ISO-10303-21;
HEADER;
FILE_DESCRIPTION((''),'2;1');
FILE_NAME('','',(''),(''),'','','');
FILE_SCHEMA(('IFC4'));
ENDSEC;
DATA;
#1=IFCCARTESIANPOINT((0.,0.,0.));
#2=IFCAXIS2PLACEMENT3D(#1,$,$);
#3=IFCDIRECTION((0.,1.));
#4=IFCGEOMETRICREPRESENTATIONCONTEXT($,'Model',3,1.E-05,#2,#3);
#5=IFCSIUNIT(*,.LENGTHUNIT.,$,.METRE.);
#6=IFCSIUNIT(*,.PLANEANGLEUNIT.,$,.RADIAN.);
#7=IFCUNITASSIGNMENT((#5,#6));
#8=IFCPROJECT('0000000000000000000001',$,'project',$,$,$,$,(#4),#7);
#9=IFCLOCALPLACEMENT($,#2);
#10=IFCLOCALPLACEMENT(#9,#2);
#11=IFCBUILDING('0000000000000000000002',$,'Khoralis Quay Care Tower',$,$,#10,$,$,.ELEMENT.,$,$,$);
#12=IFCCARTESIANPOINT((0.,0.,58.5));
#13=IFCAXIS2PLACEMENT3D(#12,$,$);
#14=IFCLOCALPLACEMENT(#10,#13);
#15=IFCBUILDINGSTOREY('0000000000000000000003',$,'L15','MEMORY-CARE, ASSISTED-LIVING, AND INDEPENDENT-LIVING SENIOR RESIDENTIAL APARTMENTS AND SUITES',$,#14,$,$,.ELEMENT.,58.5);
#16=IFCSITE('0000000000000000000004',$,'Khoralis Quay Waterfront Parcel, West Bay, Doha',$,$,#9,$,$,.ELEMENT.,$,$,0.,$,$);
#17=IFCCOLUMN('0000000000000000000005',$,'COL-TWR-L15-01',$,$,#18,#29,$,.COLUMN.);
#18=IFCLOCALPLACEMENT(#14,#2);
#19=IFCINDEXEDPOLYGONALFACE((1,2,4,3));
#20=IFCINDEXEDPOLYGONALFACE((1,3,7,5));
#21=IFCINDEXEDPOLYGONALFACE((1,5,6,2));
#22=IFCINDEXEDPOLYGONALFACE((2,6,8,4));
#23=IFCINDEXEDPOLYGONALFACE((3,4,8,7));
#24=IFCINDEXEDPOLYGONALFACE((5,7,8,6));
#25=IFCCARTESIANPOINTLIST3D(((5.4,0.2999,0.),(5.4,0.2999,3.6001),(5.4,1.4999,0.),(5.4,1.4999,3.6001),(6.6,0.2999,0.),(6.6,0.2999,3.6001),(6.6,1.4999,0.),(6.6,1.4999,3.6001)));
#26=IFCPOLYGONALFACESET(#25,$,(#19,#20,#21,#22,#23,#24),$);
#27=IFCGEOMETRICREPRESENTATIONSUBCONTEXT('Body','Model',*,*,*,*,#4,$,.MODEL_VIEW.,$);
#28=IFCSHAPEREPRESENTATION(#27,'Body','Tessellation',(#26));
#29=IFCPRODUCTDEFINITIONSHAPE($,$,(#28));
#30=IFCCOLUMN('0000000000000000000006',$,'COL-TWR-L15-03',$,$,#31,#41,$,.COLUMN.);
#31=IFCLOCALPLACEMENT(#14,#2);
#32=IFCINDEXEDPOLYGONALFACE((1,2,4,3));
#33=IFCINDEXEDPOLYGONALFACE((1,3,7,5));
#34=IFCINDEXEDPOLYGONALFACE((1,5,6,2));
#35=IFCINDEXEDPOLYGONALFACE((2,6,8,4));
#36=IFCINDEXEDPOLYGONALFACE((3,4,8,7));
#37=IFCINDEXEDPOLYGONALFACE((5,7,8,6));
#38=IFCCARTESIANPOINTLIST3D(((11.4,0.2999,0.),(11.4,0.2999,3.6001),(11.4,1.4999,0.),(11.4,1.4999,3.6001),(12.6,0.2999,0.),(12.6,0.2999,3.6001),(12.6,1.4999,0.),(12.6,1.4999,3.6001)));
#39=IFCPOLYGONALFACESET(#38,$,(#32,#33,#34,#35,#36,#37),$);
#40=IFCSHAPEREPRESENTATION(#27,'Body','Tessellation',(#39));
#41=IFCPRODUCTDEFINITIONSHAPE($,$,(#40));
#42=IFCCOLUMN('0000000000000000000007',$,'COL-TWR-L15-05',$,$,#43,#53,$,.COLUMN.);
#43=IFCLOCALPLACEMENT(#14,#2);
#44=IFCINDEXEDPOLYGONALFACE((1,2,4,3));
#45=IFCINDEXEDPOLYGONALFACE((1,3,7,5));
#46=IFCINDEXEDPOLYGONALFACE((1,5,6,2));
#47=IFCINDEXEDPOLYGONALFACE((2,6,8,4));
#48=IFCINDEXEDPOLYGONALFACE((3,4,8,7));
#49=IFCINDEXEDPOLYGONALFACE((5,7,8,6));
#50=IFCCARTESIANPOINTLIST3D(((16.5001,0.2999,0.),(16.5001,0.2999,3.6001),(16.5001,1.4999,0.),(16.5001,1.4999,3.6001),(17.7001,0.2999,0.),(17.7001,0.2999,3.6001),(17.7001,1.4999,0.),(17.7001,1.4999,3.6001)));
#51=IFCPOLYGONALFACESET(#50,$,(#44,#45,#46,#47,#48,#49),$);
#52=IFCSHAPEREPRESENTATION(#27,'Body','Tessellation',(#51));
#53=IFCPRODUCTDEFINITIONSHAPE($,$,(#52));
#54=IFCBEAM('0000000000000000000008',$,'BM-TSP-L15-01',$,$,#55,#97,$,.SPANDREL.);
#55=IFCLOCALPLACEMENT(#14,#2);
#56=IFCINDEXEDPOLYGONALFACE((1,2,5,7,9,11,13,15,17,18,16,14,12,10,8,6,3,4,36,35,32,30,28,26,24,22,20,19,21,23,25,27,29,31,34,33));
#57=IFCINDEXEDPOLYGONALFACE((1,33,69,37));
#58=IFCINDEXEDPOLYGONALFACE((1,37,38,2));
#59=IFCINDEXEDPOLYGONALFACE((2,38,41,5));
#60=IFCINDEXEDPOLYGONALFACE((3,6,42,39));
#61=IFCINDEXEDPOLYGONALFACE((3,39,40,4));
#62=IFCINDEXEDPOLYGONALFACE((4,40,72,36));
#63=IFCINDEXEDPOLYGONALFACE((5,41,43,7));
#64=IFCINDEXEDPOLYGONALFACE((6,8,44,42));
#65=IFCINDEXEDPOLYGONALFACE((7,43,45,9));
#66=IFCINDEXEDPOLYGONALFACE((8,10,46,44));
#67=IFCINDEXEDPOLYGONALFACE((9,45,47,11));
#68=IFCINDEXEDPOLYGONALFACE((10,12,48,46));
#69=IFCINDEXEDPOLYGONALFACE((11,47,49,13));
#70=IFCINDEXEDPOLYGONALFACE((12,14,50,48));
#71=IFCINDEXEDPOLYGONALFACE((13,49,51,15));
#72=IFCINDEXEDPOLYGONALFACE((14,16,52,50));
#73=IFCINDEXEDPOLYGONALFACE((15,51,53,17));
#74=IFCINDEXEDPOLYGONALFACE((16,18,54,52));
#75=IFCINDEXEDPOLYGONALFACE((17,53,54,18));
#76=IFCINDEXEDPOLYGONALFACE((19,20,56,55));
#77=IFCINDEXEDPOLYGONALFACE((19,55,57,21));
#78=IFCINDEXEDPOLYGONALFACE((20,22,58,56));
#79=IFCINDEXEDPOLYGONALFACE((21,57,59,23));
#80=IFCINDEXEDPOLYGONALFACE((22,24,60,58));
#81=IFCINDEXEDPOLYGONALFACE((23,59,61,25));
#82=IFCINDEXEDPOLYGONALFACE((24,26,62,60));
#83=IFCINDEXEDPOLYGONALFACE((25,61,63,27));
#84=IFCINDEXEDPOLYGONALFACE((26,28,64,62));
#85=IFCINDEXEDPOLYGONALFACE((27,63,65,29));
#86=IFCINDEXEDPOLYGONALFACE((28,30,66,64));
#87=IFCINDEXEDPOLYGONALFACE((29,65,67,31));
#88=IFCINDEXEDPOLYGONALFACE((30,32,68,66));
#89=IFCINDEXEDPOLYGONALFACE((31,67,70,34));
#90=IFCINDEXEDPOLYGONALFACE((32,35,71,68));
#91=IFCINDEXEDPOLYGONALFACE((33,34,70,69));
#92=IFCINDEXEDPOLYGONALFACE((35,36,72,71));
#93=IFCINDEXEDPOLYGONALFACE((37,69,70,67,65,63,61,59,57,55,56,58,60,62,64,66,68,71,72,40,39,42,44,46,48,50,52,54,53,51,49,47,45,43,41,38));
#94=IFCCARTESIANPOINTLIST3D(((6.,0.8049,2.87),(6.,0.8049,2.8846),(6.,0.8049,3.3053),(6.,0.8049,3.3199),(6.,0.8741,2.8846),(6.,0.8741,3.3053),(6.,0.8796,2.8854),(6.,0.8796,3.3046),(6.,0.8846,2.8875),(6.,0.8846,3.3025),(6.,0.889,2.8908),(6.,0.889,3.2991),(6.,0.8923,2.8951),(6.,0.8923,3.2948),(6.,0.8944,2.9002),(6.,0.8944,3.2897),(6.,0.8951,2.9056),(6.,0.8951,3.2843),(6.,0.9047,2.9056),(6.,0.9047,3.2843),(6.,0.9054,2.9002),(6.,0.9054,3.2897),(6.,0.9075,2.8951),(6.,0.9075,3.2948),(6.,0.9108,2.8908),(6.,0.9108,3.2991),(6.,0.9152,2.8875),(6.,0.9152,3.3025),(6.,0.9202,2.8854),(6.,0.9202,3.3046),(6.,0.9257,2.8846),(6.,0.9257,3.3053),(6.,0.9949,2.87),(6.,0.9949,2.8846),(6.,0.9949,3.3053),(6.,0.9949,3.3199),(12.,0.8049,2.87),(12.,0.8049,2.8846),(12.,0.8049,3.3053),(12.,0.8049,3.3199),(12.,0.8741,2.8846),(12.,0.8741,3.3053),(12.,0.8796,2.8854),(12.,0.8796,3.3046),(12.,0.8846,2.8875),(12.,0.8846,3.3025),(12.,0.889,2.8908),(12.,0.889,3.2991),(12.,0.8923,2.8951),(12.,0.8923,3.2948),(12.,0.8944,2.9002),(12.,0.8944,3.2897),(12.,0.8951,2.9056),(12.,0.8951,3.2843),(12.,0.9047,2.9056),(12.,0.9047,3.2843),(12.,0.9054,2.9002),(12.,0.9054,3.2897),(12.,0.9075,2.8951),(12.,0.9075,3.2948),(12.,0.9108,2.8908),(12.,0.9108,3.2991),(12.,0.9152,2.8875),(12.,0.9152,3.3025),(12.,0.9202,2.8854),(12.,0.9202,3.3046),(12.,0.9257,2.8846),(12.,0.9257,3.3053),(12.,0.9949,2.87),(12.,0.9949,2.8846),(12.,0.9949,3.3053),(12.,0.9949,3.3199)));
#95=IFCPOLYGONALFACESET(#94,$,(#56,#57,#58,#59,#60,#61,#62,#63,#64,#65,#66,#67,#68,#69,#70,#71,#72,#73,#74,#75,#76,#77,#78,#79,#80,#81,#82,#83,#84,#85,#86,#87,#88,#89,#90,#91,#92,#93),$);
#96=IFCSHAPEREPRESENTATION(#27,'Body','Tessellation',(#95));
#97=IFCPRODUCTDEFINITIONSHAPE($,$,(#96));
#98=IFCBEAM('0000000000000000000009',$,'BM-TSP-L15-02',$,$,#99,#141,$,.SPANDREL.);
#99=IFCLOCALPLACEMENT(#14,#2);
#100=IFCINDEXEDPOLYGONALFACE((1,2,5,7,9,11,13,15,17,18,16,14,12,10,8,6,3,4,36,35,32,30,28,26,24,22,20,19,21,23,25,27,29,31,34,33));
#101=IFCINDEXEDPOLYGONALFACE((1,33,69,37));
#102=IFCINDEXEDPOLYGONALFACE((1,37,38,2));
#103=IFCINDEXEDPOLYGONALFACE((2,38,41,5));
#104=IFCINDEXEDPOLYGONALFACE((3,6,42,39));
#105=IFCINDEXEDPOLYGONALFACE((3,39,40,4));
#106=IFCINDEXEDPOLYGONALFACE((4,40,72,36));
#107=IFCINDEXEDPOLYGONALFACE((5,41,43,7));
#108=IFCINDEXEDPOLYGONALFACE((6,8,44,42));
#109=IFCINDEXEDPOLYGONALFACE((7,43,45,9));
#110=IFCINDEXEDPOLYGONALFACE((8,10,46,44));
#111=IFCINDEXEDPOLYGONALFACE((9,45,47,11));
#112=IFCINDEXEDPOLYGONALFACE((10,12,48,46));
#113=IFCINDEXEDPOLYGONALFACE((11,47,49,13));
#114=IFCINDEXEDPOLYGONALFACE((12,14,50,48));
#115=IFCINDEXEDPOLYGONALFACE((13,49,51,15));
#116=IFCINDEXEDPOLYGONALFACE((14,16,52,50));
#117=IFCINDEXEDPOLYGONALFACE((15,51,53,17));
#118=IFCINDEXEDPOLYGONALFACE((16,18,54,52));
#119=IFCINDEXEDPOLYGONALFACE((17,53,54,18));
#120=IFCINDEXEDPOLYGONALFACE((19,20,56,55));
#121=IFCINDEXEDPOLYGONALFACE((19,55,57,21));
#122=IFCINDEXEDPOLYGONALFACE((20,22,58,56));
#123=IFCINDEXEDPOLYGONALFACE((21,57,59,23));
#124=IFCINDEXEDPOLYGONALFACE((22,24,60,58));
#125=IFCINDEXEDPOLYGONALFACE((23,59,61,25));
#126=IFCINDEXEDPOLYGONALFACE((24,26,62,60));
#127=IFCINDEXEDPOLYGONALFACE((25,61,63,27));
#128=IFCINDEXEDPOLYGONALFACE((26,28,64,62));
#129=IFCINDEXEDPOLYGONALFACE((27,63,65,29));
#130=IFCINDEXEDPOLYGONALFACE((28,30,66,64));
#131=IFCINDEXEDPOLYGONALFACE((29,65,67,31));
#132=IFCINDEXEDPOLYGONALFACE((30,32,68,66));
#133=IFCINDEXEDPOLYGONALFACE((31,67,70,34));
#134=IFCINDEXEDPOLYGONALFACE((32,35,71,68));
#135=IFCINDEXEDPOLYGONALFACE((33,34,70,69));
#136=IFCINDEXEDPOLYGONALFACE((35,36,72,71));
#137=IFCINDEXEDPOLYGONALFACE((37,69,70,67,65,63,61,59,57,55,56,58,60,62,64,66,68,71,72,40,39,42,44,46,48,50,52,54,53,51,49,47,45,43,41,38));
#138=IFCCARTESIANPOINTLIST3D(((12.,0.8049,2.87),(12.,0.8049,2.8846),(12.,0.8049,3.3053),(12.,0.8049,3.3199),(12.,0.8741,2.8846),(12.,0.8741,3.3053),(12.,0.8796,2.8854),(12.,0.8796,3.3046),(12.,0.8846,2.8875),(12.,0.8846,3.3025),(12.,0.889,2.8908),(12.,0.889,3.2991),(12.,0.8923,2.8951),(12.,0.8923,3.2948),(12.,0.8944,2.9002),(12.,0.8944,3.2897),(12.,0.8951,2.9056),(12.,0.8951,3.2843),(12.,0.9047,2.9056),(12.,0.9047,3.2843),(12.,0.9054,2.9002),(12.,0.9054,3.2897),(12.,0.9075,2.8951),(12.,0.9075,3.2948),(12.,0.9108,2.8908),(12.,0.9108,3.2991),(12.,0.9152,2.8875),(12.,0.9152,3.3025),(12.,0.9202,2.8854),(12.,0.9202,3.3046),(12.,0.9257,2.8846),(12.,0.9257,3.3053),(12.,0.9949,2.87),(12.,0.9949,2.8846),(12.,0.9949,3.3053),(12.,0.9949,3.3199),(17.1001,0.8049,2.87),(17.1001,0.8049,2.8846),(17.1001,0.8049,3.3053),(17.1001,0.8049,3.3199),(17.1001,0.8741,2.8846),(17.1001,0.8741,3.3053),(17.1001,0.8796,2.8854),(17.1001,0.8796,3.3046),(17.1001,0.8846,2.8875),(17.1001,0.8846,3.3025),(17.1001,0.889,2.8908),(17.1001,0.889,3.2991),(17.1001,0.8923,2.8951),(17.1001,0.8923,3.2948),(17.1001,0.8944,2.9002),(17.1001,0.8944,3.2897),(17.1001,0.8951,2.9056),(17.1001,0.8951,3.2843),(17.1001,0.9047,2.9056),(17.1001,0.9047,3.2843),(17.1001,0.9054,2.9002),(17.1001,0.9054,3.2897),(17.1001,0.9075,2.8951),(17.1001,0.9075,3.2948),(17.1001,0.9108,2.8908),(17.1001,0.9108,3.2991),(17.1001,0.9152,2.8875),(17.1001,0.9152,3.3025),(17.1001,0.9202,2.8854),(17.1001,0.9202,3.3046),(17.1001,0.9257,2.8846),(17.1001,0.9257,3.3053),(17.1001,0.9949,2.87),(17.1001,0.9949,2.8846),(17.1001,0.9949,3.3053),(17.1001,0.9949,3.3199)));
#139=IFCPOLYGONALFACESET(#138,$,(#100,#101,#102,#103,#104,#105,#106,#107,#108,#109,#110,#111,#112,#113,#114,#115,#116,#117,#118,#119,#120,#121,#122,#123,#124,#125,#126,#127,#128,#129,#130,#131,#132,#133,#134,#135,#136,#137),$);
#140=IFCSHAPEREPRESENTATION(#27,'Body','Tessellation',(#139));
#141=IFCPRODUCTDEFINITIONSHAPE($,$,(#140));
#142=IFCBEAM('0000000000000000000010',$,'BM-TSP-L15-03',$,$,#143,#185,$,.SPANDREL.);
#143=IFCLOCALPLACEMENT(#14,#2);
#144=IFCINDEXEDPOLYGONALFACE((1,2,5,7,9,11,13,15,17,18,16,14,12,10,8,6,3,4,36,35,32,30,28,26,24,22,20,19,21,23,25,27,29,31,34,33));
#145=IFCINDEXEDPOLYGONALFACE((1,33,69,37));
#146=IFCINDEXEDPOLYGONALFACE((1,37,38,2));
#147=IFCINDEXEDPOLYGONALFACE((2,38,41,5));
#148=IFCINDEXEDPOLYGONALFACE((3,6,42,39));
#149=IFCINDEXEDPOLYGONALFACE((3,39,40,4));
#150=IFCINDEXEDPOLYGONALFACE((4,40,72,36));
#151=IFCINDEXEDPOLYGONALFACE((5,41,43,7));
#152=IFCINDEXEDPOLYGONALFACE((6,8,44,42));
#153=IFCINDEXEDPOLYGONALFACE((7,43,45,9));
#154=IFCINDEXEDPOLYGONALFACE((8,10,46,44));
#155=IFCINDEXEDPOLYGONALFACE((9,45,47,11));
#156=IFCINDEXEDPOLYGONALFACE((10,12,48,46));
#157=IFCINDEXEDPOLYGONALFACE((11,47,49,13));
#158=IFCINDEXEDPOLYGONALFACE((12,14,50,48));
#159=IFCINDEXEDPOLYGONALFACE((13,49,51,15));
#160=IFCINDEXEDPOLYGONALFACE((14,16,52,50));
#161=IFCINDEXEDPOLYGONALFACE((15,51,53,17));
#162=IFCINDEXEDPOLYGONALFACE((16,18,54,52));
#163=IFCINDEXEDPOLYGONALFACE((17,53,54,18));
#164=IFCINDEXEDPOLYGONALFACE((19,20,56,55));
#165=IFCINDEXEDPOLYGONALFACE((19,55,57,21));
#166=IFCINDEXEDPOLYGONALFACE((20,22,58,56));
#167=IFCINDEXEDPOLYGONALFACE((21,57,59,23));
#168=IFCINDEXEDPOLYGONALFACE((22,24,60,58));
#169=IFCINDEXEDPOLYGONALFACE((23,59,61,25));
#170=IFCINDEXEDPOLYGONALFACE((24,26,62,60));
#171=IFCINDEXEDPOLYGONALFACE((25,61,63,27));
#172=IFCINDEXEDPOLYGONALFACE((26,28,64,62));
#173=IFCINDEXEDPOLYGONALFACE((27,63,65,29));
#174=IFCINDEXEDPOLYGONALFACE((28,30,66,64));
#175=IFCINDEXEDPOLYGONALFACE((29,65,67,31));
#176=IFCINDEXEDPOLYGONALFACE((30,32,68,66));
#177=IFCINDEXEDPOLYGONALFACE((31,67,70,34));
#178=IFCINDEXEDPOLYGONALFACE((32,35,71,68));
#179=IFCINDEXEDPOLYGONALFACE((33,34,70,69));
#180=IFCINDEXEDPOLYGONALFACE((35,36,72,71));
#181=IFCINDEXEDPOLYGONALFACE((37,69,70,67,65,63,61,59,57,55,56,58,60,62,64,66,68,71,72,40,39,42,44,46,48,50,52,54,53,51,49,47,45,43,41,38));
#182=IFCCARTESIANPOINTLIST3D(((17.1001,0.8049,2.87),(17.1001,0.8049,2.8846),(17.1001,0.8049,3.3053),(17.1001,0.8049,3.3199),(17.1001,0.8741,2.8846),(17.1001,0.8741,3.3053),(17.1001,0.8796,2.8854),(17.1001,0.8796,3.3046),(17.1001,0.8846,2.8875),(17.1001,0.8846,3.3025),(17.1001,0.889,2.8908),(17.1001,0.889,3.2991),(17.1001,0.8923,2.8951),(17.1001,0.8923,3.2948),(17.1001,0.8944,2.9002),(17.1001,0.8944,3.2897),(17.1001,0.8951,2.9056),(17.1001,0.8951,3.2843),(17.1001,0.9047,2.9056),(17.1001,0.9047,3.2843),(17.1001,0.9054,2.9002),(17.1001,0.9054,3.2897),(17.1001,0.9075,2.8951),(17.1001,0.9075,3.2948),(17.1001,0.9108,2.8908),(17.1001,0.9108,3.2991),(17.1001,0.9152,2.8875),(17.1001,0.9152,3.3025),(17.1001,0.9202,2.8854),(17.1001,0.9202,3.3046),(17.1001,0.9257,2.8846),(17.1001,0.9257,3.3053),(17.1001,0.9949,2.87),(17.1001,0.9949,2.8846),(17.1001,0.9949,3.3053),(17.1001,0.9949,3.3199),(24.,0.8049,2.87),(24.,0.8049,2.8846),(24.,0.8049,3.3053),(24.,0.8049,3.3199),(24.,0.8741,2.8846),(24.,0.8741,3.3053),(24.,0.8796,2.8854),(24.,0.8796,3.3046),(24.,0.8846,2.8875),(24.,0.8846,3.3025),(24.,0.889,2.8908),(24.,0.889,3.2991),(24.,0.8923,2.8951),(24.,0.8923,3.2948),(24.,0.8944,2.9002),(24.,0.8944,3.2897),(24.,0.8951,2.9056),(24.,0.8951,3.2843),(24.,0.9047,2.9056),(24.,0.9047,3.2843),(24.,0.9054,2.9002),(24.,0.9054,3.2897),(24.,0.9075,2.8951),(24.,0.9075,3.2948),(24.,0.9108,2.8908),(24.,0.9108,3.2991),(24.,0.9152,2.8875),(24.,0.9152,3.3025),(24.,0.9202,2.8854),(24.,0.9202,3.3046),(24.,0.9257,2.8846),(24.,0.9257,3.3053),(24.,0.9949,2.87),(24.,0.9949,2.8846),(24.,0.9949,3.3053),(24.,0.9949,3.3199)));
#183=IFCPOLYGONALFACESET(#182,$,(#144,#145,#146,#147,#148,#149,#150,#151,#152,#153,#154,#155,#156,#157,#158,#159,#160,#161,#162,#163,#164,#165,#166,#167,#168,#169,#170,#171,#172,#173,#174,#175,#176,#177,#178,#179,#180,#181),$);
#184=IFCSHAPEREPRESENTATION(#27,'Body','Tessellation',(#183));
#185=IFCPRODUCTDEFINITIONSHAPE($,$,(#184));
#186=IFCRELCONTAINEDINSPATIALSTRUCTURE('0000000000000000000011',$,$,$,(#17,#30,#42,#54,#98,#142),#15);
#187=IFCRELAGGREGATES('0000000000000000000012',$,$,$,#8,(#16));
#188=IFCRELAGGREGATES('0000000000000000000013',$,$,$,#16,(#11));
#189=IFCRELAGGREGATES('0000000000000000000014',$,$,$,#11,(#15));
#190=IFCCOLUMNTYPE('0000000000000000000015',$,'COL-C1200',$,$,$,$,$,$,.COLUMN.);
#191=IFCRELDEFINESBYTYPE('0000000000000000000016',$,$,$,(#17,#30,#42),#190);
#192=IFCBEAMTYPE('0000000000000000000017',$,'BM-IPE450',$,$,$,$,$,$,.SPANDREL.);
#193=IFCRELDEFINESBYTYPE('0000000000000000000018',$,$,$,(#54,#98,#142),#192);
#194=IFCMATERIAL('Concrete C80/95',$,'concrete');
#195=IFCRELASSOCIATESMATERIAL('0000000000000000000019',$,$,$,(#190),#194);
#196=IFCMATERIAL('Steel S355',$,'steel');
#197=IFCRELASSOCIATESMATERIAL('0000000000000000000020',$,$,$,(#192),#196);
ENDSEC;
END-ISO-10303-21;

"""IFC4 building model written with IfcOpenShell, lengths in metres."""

from ifc_helpers import new_model, si_unit, direction, frame, origin, origin_2d, place, context, subcontext, project, spatial, rectangle, i_section, extrude, source, transform, mapped, material, material_profile, profile_set, type_object, element, save


model = new_model("IFC4")

# Units and contexts
model_context = context("Model", 3, precision=1e-05, world=origin(), true_north=direction((0.0, 1.0)))
body_context = subcontext(model_context, "Body", "Model", "MODEL_VIEW")
ifc_project = project(units=[si_unit("LENGTHUNIT", "METRE"), si_unit("PLANEANGLEUNIT", "RADIAN")], contexts=[model_context])

# Site, building, storey
site_placement = place(None, origin())
site = spatial("IfcSite", under=ifc_project, at=site_placement, Name="Khoralis Quay Waterfront Parcel, West Bay, Doha", CompositionType="ELEMENT", RefElevation=0.0)
building_placement = place(site_placement, origin())
building = spatial("IfcBuilding", under=site, at=building_placement, Name="Khoralis Quay Care Tower", CompositionType="ELEMENT")
storey_placement = place(building_placement, frame((0.0, 0.0, 58.5)))
storey = spatial("IfcBuildingStorey", under=building, at=storey_placement, Name="L15", Description="MEMORY-CARE, ASSISTED-LIVING, AND INDEPENDENT-LIVING SENIOR RESIDENTIAL APARTMENTS AND SUITES", CompositionType="ELEMENT", Elevation=58.5)

# Columns
ifc_material_1 = material(Name="Concrete C80/95", Category="concrete")
ifc_material_profile_1 = material_profile(ifc_material_1, rectangle(XDim=1.2, YDim=1.2, at=origin_2d()), Name="Concrete C80/95")
ifc_profile_set_1 = profile_set([ifc_material_profile_1], Name="Concrete C80/95")
column_type = type_object("IfcColumnType", Name="COL-C1200", PredefinedType="COLUMN", material=ifc_profile_set_1)
shared_shape_1 = source(origin(), body_context, "Body", "SweptSolid", [
    extrude(rectangle(XDim=1.2, YDim=1.2, at=origin_2d()), origin(), (0.0, 0.0, 1.0), 3.6001),
])
for number, where, z_axis, x_axis, name in (
    (1, (6.0, 0.8999, 0.0), (0.0, 0.0, 1.0), (1.0, 0.0, 0.0), "COL-TWR-L15-01"),
    (2, (12.0, 0.8999, 0.0), (0.0, 0.0, 1.0), (1.0, 0.0, 0.0), "COL-TWR-L15-03"),
    (3, (17.1001, 0.8999, 0.0), (0.0, 0.0, 1.0), (1.0, 0.0, 0.0), "COL-TWR-L15-05"),
):
    element("IfcColumn", number, at=place(storey_placement, frame(where, z_axis=z_axis, x_axis=x_axis)), inside=storey, type_object=column_type, Name=name, PredefinedType="COLUMN", context=body_context, shape_type="MappedRepresentation", body=[
        mapped(shared_shape_1, transform((0.0, 0.0, 0.0), scale=1.0)),
    ])

# Beams
ifc_material_2 = material(Name="Steel S355", Category="steel")
ifc_material_profile_2 = material_profile(ifc_material_2, i_section(OverallWidth=0.1899, OverallDepth=0.45, WebThickness=0.0095, FlangeThickness=0.0146, FilletRadius=0.021, at=origin_2d()), Name="Steel S355")
ifc_profile_set_2 = profile_set([ifc_material_profile_2], Name="Steel S355")
beam_type_1 = type_object("IfcBeamType", Name="BM-IPE450", PredefinedType="SPANDREL", material=ifc_profile_set_2)
shared_shape_2 = source(origin(), body_context, "Body", "SweptSolid", [
    extrude(i_section(OverallWidth=0.1899, OverallDepth=0.45, WebThickness=0.0095, FlangeThickness=0.0146, FilletRadius=0.021, at=origin_2d()), origin(), (0.0, 0.0, 1.0), 6.0),
])
beam_1_placement = place(storey_placement, frame((6.0, 0.8999, 3.095), z_axis=(1.0, 0.0, 0.0), x_axis=(0.0, 1.0, 0.0)))
element("IfcBeam", 4, at=beam_1_placement, inside=storey, type_object=beam_type_1, Name="BM-TSP-L15-01", PredefinedType="SPANDREL", context=body_context, shape_type="MappedRepresentation", body=[
    mapped(shared_shape_2, transform((0.0, 0.0, 0.0), scale=1.0)),
])
shared_shape_3 = source(origin(), body_context, "Body", "SweptSolid", [
    extrude(i_section(OverallWidth=0.1899, OverallDepth=0.45, WebThickness=0.0095, FlangeThickness=0.0146, FilletRadius=0.021, at=origin_2d()), origin(), (0.0, 0.0, 1.0), 5.1001),
])
beam_2_placement = place(storey_placement, frame((12.0, 0.8999, 3.095), z_axis=(1.0, 0.0, 0.0), x_axis=(0.0, 1.0, 0.0)))
element("IfcBeam", 5, at=beam_2_placement, inside=storey, type_object=beam_type_1, Name="BM-TSP-L15-02", PredefinedType="SPANDREL", context=body_context, shape_type="MappedRepresentation", body=[
    mapped(shared_shape_3, transform((0.0, 0.0, 0.0), scale=1.0)),
])
shared_shape_4 = source(origin(), body_context, "Body", "SweptSolid", [
    extrude(i_section(OverallWidth=0.1899, OverallDepth=0.45, WebThickness=0.0095, FlangeThickness=0.0146, FilletRadius=0.021, at=origin_2d()), origin(), (0.0, 0.0, 1.0), 6.8999),
])
beam_3_placement = place(storey_placement, frame((17.1001, 0.8999, 3.095), z_axis=(1.0, 0.0, 0.0), x_axis=(0.0, 1.0, 0.0)))
element("IfcBeam", 6, at=beam_3_placement, inside=storey, type_object=beam_type_1, Name="BM-TSP-L15-03", PredefinedType="SPANDREL", context=body_context, shape_type="MappedRepresentation", body=[
    mapped(shared_shape_4, transform((0.0, 0.0, 0.0), scale=1.0)),
])

save(model, "model.ifc")
